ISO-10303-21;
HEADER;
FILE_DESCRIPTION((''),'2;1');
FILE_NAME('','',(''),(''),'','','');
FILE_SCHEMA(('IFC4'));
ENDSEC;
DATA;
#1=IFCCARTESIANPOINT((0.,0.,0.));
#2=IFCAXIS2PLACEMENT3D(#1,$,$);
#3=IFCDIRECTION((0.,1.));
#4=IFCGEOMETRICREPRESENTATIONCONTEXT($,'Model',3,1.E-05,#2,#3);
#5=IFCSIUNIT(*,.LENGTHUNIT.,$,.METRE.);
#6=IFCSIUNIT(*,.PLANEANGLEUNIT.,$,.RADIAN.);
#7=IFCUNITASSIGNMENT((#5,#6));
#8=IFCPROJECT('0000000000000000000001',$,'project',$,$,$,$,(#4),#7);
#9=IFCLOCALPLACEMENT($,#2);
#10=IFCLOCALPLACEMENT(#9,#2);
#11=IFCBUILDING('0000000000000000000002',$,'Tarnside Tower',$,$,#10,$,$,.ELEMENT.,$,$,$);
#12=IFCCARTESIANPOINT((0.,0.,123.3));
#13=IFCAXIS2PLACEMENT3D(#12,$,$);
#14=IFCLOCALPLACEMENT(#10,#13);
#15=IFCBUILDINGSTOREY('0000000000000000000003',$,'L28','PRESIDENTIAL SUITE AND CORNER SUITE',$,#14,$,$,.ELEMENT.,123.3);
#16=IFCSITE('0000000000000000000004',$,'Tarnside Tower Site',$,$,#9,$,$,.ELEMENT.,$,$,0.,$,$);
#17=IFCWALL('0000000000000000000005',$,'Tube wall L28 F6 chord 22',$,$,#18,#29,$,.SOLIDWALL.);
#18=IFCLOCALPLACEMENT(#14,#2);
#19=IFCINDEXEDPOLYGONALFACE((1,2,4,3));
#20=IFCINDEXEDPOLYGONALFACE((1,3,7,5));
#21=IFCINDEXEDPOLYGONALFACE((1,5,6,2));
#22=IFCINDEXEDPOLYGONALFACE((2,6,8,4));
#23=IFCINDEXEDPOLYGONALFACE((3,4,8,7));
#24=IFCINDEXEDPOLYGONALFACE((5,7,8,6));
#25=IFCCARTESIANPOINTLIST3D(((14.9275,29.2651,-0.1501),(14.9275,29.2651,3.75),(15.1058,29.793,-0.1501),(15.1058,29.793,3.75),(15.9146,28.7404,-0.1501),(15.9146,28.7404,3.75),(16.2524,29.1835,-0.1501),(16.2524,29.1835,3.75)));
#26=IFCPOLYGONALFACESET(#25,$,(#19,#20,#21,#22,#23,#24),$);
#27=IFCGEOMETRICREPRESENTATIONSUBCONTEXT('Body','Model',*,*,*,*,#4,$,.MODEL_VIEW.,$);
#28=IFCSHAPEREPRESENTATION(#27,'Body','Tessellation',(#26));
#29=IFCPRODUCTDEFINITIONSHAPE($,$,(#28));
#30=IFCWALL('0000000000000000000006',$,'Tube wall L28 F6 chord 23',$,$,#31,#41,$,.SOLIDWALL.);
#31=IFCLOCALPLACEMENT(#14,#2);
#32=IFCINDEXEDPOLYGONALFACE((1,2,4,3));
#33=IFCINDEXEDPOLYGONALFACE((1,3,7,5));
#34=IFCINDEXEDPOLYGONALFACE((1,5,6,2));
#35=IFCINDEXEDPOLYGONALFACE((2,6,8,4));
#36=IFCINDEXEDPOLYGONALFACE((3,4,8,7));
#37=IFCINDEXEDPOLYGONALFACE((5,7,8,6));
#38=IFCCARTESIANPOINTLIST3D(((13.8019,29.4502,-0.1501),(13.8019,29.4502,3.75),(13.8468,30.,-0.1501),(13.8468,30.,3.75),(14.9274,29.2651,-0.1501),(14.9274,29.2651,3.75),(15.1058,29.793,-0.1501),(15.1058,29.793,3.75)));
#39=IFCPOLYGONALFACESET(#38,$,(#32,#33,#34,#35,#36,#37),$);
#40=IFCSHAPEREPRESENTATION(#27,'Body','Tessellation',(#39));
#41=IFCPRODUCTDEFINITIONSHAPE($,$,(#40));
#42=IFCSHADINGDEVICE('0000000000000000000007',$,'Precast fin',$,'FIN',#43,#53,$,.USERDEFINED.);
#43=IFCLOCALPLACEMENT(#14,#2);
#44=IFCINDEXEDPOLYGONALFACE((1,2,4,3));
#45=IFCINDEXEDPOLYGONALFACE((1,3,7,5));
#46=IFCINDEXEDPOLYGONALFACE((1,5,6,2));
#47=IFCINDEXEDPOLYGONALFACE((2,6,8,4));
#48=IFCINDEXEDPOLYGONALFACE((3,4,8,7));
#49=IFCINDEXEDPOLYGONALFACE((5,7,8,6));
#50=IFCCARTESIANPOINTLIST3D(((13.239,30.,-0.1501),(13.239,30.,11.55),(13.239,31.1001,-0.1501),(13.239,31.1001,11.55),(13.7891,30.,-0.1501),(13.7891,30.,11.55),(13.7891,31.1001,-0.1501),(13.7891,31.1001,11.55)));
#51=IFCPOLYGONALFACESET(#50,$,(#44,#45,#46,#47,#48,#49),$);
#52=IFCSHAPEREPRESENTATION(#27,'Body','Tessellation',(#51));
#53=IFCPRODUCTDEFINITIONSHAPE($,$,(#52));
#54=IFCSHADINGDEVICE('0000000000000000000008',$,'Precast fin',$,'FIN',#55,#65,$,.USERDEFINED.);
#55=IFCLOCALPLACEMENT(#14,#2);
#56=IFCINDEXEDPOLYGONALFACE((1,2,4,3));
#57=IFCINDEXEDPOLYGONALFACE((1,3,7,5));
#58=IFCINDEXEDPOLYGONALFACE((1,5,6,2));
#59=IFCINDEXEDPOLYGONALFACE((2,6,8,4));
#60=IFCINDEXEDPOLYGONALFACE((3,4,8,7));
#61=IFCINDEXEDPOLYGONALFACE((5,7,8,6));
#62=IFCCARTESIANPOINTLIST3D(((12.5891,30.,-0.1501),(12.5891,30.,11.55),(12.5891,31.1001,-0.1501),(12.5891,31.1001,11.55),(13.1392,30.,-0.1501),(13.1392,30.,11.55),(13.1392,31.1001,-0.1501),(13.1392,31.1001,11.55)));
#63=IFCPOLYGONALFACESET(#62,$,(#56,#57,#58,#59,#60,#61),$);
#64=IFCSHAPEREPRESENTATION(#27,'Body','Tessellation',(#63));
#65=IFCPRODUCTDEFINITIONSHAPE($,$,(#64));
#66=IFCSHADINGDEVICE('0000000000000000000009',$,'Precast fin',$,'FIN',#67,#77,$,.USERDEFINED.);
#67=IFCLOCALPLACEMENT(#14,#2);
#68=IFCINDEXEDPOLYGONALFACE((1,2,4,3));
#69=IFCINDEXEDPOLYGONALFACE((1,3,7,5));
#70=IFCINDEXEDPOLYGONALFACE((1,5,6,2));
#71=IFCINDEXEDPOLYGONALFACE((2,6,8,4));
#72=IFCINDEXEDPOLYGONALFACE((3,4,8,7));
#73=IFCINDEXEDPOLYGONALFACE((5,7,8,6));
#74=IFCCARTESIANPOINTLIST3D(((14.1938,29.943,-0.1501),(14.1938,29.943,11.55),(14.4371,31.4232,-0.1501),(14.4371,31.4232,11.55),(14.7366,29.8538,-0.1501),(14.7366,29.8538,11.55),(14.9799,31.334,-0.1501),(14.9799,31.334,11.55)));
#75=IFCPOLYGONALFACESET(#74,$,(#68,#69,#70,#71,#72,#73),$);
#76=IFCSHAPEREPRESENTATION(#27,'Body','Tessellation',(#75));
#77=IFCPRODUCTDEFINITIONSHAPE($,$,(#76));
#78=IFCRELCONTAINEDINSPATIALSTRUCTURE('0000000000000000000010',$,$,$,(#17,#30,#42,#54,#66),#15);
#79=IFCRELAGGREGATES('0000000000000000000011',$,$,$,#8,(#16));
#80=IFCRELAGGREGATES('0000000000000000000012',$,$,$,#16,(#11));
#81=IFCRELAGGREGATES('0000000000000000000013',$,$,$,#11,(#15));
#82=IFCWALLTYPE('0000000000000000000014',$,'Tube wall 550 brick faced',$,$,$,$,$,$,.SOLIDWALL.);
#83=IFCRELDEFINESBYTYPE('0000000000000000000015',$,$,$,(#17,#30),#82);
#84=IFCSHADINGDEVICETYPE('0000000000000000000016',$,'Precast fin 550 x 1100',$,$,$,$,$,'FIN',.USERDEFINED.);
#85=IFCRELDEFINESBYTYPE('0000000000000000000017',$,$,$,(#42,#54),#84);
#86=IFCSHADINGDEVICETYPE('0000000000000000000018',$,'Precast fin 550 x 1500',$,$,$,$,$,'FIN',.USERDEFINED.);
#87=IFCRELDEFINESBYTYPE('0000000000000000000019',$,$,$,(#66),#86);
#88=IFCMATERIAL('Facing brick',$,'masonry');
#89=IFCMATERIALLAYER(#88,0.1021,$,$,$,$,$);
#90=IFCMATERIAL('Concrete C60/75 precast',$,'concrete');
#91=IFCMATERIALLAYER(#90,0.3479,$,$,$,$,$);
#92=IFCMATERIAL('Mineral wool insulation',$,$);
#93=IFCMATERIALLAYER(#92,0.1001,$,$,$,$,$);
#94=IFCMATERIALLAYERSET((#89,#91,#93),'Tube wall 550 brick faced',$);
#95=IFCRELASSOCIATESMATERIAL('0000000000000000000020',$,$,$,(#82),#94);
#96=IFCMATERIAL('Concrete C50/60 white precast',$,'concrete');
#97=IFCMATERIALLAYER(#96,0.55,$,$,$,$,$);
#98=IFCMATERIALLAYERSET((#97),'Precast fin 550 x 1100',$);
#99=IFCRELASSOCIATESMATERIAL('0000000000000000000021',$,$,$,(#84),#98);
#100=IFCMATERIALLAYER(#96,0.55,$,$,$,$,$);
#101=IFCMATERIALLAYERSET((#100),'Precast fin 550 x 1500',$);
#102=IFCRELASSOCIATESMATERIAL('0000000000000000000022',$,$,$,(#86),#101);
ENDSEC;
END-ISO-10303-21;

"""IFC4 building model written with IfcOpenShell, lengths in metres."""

from ifc_helpers import new_model, si_unit, direction, frame, origin, place, context, subcontext, project, spatial, polyline, outline, extrude, material, layer, layer_set, type_object, element, save


model = new_model("IFC4")

# Units and contexts
model_context = context("Model", 3, precision=1e-05, world=origin(), true_north=direction((0.0, 1.0)))
body_context = subcontext(model_context, "Body", "Model", "MODEL_VIEW")
ifc_project = project(units=[si_unit("LENGTHUNIT", "METRE"), si_unit("PLANEANGLEUNIT", "RADIAN")], contexts=[model_context])

# Site, building, storey
site_placement = place(None, origin())
site = spatial("IfcSite", under=ifc_project, at=site_placement, Name="Tarnside Tower Site", CompositionType="ELEMENT", RefElevation=0.0)
building_placement = place(site_placement, origin())
building = spatial("IfcBuilding", under=site, at=building_placement, Name="Tarnside Tower", CompositionType="ELEMENT")
storey_placement = place(building_placement, frame((0.0, 0.0, 123.3)))
storey = spatial("IfcBuildingStorey", under=building, at=storey_placement, Name="L28", Description="PRESIDENTIAL SUITE AND CORNER SUITE", CompositionType="ELEMENT", Elevation=123.3)

# Shared definitions
ifc_material_1 = material(Name="Facing brick", Category="masonry")
ifc_layer_1 = layer(ifc_material_1, 0.1021)
ifc_material_2 = material(Name="Concrete C60/75 precast", Category="concrete")
ifc_layer_2 = layer(ifc_material_2, 0.3479)
ifc_material_3 = material(Name="Mineral wool insulation")
ifc_layer_3 = layer(ifc_material_3, 0.1001)
ifc_layer_set_1 = layer_set([ifc_layer_1, ifc_layer_2, ifc_layer_3], Name="Tube wall 550 brick faced")
wall_type_1 = type_object("IfcWallType", Name="Tube wall 550 brick faced", PredefinedType="SOLIDWALL", material=ifc_layer_set_1)

# Walls
wall_1_placement = place(storey_placement, frame((16.0835, 28.9619, -0.1501), z_axis=(0.0, 0.0, 1.0), x_axis=(-0.882995, 0.469382, 0.0)))
element("IfcWall", 1, at=wall_1_placement, inside=storey, type_object=wall_type_1, Name="Tube wall L28 F6 chord 22", PredefinedType="SOLIDWALL", context=body_context, shape_type="SweptSolid", body=[
    extrude(outline(polyline([(-0.0452, -0.2749), (1.2534, -0.2749), (1.1631, 0.2749), (0.0452, 0.2749), (-0.0452, -0.2749)])), origin(), (0.0, 0.0, 1.0), 3.9001),
])
wall_2_placement = place(storey_placement, frame((15.0166, 29.5291, -0.1501), z_axis=(0.0, 0.0, 1.0), x_axis=(-0.986747, 0.162269, 0.0)))
element("IfcWall", 2, at=wall_2_placement, inside=storey, type_object=wall_type_1, Name="Tube wall L28 F6 chord 23", PredefinedType="SOLIDWALL", context=body_context, shape_type="SweptSolid", body=[
    extrude(outline(polyline([(-0.0452, -0.2749), (1.2307, -0.2749), (1.1858, 0.2749), (0.0452, 0.2749), (-0.0452, -0.2749)])), origin(), (0.0, 0.0, 1.0), 3.9001),
])

# Shading devices
ifc_material_4 = material(Name="Concrete C50/60 white precast", Category="concrete")
ifc_layer_4 = layer(ifc_material_4, 0.55)
ifc_layer_set_2 = layer_set([ifc_layer_4], Name="Precast fin 550 x 1100")
shading_device_type_1 = type_object("IfcShadingDeviceType", Name="Precast fin 550 x 1100", ElementType="FIN", PredefinedType="USERDEFINED", material=ifc_layer_set_2)
for number, where, z_axis, x_axis, name in (
    (3, (13.5139, 30.0, -0.1501), (1.0, 0.0, 0.0), (0.0, 1.0, 0.0), "Precast fin"),
    (4, (12.864, 30.0, -0.1501), (1.0, 0.0, 0.0), (0.0, 1.0, 0.0), "Precast fin"),
):
    element("IfcShadingDevice", number, at=place(storey_placement, frame(where, z_axis=z_axis, x_axis=x_axis)), inside=storey, type_object=shading_device_type_1, Name=name, ObjectType="FIN", PredefinedType="USERDEFINED", context=body_context, shape_type="SweptSolid", body=[
        extrude(outline(polyline([(0.0, 0.0), (1.1001, 0.0), (1.1001, 11.7002), (0.0, 11.7002), (0.0, 0.0)])), frame((0.0, 0.0, -0.2749)), (0.0, 0.0, 1.0), 0.55),
    ])
ifc_layer_5 = layer(ifc_material_4, 0.55)
ifc_layer_set_3 = layer_set([ifc_layer_5], Name="Precast fin 550 x 1500")
shading_device_type_2 = type_object("IfcShadingDeviceType", Name="Precast fin 550 x 1500", ElementType="FIN", PredefinedType="USERDEFINED", material=ifc_layer_set_3)
shading_device_placement = place(storey_placement, frame((14.4651, 29.8984, -0.1501), z_axis=(0.986762, -0.162178, 0.0), x_axis=(0.162178, 0.986762, 0.0)))
element("IfcShadingDevice", 5, at=shading_device_placement, inside=storey, type_object=shading_device_type_2, Name="Precast fin", ObjectType="FIN", PredefinedType="USERDEFINED", context=body_context, shape_type="SweptSolid", body=[
    extrude(outline(polyline([(0.0, 0.0), (1.5, 0.0), (1.5, 11.7002), (0.0, 11.7002), (0.0, 0.0)])), frame((0.0, 0.0, -0.2749)), (0.0, 0.0, 1.0), 0.55),
])

save(model, "model.ifc")
